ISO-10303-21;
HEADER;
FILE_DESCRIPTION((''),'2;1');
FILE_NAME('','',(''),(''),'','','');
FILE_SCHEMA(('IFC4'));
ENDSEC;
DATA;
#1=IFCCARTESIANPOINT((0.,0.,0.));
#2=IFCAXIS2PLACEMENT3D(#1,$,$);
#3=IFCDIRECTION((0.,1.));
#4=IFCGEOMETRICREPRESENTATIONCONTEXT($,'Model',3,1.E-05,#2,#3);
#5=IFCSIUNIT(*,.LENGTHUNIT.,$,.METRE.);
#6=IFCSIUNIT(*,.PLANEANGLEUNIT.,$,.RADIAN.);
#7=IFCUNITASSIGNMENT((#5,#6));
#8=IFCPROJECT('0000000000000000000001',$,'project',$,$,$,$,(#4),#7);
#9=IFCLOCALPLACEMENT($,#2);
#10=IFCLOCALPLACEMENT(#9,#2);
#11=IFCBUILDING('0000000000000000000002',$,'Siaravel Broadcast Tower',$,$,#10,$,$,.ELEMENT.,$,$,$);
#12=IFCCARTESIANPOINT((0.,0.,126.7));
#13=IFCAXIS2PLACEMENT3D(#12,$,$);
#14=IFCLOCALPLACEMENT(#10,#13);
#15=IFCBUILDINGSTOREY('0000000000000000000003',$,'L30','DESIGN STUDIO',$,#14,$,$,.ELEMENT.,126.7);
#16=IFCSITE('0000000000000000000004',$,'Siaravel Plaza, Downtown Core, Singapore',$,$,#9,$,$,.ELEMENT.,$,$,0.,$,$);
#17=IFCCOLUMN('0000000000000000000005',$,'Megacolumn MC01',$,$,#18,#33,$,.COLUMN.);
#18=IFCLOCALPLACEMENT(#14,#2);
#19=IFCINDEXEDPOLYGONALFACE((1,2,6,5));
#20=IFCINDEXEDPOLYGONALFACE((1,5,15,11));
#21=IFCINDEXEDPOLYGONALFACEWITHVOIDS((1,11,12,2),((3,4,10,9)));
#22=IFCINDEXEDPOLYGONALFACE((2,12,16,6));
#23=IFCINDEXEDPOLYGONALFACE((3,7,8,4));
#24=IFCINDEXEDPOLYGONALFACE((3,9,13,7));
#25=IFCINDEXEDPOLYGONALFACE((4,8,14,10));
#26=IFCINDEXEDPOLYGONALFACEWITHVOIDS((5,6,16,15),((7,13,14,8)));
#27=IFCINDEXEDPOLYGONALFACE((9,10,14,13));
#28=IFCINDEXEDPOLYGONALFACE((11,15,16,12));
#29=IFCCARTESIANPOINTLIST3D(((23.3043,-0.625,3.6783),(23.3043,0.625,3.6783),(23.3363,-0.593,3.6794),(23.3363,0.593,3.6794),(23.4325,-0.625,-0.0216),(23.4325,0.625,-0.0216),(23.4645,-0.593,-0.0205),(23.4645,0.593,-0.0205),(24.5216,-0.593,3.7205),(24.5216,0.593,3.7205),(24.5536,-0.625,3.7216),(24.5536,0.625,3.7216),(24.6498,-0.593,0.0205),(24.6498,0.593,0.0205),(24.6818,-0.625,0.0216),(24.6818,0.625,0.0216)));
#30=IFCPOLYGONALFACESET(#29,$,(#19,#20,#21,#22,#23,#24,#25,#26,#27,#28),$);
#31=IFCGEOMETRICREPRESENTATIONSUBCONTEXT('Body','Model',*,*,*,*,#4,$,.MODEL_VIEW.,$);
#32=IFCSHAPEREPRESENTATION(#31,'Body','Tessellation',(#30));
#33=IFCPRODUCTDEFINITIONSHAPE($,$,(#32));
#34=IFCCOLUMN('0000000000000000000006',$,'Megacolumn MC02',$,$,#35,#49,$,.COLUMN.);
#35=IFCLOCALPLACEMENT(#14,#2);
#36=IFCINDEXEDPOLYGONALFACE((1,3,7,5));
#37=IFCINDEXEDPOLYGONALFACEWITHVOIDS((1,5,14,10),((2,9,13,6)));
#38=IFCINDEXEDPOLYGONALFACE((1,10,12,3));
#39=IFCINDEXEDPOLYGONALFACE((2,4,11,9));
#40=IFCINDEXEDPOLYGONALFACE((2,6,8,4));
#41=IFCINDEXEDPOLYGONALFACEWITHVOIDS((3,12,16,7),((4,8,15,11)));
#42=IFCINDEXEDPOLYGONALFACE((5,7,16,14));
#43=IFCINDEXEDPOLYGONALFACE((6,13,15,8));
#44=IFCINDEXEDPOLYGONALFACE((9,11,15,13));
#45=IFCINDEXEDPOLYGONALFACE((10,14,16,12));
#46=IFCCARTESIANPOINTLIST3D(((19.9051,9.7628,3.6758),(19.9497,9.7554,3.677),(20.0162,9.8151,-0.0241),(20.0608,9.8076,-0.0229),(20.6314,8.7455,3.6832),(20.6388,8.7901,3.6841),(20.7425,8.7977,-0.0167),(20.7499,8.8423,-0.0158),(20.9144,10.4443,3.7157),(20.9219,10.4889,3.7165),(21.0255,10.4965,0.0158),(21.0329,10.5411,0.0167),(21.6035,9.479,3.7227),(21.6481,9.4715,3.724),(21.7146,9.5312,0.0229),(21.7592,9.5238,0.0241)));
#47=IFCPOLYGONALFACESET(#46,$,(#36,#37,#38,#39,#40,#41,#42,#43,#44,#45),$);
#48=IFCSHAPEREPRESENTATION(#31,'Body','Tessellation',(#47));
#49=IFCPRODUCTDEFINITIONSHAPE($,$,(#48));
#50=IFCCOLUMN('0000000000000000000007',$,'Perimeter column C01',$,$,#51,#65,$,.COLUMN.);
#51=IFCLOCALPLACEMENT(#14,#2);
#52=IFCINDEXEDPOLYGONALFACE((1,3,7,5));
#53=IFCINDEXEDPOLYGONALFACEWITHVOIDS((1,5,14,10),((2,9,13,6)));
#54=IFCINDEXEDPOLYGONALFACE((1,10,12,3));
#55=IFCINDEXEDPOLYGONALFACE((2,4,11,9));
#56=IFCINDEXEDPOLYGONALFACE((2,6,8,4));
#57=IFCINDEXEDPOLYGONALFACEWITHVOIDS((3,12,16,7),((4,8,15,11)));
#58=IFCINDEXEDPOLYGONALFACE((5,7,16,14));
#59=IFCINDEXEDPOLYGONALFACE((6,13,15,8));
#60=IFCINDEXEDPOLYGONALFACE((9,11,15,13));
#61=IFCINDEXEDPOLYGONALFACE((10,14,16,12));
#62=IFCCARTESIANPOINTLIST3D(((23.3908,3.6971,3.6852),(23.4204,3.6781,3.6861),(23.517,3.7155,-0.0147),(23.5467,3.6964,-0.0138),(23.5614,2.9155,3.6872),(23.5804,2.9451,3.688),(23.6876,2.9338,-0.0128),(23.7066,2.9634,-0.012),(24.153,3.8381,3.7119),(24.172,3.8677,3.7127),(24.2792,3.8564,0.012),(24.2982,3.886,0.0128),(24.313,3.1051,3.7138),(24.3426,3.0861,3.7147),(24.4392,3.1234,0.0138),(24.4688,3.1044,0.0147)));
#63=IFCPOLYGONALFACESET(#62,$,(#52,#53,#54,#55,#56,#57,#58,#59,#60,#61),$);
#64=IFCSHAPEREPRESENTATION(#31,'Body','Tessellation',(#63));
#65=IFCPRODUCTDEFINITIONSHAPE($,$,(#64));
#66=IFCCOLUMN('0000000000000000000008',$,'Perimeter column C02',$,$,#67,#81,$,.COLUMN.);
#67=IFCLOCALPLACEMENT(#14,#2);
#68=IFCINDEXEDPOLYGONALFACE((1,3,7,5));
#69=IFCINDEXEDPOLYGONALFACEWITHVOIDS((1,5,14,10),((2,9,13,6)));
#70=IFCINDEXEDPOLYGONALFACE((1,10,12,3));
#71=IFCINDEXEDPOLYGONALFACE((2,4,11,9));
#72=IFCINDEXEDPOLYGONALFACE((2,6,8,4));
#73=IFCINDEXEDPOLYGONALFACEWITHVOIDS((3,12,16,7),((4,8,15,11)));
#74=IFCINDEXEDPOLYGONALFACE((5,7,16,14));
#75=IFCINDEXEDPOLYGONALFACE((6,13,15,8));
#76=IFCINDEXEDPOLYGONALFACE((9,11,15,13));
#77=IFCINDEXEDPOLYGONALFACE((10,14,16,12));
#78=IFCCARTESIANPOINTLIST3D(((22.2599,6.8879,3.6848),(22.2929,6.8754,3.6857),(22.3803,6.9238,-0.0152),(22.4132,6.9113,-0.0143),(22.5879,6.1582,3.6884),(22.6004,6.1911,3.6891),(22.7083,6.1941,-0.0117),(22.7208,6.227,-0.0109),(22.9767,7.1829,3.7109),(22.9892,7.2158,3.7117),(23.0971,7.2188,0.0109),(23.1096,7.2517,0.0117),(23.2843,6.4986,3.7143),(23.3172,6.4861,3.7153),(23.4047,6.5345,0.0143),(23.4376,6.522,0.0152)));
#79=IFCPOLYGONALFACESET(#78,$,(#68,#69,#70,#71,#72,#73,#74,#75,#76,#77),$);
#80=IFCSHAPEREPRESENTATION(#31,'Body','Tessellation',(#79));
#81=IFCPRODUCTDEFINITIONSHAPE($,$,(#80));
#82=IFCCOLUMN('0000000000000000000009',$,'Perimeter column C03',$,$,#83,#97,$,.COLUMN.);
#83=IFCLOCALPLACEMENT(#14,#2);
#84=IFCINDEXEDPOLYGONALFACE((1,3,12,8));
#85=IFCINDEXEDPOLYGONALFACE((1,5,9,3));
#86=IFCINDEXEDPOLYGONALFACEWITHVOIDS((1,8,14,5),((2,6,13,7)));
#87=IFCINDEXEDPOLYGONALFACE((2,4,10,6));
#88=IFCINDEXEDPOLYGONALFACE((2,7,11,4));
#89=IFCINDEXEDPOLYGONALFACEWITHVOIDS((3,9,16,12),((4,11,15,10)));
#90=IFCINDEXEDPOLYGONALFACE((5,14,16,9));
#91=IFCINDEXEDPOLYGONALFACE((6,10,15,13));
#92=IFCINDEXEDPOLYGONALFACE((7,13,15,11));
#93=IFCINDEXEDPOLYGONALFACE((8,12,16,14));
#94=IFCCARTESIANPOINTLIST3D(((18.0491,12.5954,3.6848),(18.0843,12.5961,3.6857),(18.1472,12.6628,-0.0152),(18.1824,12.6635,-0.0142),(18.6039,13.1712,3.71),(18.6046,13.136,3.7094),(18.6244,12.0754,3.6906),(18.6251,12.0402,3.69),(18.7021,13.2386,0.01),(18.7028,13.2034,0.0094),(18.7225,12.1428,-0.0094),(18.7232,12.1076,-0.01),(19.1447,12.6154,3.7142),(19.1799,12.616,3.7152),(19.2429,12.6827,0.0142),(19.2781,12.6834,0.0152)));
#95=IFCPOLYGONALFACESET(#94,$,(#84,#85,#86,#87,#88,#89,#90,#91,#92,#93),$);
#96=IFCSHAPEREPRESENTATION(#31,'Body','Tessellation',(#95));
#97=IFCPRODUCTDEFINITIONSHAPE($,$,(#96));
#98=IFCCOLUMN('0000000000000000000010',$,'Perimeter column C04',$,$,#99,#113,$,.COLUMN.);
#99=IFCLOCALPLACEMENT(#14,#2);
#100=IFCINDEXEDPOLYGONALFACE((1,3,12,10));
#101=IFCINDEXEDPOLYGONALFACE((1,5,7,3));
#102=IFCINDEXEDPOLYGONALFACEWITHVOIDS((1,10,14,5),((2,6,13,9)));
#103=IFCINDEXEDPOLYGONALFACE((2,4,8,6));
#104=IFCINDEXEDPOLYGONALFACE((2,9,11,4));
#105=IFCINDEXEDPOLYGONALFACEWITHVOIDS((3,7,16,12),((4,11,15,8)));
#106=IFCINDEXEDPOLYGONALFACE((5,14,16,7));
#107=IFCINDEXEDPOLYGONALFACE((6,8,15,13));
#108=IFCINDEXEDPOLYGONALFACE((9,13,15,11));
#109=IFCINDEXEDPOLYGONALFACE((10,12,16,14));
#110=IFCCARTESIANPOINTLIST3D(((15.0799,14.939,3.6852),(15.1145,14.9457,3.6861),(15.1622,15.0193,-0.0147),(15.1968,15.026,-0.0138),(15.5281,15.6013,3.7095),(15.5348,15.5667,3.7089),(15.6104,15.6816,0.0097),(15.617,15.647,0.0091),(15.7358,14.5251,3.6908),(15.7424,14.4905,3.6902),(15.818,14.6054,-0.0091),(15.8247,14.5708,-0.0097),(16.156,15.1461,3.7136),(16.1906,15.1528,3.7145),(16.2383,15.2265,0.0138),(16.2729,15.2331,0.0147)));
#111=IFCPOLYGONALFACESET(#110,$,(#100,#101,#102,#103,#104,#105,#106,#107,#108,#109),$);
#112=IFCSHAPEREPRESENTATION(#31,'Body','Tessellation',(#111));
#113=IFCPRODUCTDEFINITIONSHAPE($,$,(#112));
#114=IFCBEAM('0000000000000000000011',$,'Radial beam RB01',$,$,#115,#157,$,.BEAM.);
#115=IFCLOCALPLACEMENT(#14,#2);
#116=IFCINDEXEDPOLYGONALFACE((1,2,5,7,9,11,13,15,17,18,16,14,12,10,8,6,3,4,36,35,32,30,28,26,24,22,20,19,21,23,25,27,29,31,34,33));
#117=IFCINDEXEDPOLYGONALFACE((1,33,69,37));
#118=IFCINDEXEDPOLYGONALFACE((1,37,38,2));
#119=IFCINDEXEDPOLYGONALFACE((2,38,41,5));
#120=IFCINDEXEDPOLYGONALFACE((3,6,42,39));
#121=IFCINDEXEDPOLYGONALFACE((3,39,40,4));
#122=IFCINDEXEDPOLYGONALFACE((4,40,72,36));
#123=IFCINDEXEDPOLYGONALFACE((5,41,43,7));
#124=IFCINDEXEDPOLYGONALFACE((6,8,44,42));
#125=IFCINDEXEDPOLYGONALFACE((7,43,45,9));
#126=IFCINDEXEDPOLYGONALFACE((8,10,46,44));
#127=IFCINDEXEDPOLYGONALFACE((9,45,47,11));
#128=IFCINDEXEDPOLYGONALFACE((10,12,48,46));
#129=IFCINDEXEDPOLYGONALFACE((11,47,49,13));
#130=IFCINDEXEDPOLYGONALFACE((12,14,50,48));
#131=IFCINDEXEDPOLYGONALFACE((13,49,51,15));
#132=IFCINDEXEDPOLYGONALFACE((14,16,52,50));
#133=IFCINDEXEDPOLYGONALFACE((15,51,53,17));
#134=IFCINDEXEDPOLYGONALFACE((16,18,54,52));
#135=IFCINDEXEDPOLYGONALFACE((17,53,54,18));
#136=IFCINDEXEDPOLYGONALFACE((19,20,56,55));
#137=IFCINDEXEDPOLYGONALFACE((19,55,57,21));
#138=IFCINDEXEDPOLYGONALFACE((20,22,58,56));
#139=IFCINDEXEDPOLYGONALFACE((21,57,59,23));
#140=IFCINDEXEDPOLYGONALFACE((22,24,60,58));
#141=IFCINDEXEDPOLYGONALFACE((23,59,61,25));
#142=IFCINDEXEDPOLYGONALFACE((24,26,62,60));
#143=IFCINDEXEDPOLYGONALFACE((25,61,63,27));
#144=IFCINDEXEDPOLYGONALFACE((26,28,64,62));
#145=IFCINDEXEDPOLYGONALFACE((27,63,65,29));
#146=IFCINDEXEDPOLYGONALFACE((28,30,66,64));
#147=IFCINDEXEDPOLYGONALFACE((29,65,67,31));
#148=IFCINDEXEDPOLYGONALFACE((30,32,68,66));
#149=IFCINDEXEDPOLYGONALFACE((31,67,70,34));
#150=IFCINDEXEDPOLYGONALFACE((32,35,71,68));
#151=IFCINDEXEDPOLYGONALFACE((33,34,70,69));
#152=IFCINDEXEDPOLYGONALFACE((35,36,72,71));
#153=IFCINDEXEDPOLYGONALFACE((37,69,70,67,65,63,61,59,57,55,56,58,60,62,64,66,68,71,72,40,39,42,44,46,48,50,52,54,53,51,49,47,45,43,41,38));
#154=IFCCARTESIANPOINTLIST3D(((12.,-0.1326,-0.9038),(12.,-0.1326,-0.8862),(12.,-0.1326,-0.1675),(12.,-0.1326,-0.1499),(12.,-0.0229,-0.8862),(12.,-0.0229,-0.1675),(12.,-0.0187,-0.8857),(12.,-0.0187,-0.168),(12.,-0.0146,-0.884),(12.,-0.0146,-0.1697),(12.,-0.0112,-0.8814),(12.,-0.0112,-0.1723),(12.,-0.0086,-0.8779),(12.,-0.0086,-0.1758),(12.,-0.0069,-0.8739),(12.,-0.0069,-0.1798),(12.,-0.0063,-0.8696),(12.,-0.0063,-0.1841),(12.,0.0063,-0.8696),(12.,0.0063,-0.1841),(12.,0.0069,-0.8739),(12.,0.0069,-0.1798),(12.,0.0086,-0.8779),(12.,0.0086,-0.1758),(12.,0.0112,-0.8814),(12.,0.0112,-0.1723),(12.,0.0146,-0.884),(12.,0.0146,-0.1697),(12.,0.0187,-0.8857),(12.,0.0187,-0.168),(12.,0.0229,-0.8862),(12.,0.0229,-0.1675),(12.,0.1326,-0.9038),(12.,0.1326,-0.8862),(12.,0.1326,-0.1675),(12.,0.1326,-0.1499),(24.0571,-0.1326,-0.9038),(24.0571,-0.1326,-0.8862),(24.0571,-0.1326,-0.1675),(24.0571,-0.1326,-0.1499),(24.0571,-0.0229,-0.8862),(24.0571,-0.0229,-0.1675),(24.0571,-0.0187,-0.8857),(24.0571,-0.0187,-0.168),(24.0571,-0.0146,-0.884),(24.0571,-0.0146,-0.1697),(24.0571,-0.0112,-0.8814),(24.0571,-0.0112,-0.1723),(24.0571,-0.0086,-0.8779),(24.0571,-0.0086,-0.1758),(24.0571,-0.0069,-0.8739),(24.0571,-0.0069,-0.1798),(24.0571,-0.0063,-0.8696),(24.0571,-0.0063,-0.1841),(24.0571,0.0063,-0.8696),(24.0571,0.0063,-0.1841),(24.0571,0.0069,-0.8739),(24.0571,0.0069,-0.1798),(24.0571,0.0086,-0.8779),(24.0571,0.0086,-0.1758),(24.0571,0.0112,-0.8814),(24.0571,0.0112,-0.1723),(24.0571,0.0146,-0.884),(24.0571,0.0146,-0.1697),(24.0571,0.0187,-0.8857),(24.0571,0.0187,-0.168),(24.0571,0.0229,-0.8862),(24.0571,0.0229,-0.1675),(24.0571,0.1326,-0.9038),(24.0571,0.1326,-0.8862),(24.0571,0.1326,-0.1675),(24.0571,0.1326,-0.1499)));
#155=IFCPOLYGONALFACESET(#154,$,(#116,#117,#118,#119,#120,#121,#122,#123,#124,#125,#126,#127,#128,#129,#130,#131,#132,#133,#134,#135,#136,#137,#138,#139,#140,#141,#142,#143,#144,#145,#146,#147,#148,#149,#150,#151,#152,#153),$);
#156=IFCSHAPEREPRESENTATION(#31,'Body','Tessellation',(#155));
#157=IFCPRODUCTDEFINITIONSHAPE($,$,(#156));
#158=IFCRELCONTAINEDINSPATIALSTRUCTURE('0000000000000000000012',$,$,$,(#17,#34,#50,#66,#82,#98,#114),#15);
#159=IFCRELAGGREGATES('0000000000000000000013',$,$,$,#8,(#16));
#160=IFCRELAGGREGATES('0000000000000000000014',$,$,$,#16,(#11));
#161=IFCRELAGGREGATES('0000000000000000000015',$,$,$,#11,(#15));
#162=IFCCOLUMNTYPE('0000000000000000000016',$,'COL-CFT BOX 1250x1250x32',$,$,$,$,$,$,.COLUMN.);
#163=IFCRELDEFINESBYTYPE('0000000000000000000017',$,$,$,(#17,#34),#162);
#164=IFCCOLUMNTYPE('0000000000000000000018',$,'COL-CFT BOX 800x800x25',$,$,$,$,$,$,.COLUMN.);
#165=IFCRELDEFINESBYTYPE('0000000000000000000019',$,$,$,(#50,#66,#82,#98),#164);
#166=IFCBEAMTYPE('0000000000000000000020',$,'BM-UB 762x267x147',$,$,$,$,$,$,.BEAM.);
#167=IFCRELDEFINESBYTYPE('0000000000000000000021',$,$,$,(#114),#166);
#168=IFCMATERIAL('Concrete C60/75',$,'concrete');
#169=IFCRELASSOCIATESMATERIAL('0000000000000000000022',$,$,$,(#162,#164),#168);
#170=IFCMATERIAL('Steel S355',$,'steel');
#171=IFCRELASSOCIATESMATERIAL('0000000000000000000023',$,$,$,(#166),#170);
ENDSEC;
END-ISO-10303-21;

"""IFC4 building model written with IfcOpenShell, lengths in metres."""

from ifc_helpers import new_model, si_unit, direction, frame, origin, origin_2d, place, context, subcontext, project, spatial, hollow_rectangle, i_section, extrude, material, material_profile, profile_set, type_object, element, save


model = new_model("IFC4")

# Units and contexts
model_context = context("Model", 3, precision=1e-05, world=origin(), true_north=direction((0.0, 1.0)))
body_context = subcontext(model_context, "Body", "Model", "MODEL_VIEW")
ifc_project = project(units=[si_unit("LENGTHUNIT", "METRE"), si_unit("PLANEANGLEUNIT", "RADIAN")], contexts=[model_context])

# Site, building, storey
site_placement = place(None, origin())
site = spatial("IfcSite", under=ifc_project, at=site_placement, Name="Siaravel Plaza, Downtown Core, Singapore", CompositionType="ELEMENT", RefElevation=0.0)
building_placement = place(site_placement, origin())
building = spatial("IfcBuilding", under=site, at=building_placement, Name="Siaravel Broadcast Tower", CompositionType="ELEMENT")
storey_placement = place(building_placement, frame((0.0, 0.0, 126.7)))
storey = spatial("IfcBuildingStorey", under=building, at=storey_placement, Name="L30", Description="DESIGN STUDIO", CompositionType="ELEMENT", Elevation=126.7)

# Columns
ifc_material_1 = material(Name="Concrete C60/75", Category="concrete")
ifc_material_profile_1 = material_profile(ifc_material_1, hollow_rectangle(XDim=1.25, YDim=1.25, WallThickness=0.032, at=origin_2d()))
ifc_profile_set_1 = profile_set([ifc_material_profile_1], Name="Concrete C60/75")
column_type_1 = type_object("IfcColumnType", Name="COL-CFT BOX 1250x1250x32", PredefinedType="COLUMN", material=ifc_profile_set_1)
column_1_placement = place(storey_placement, frame((24.0571, 0.0, 0.0), z_axis=(-0.034621, 0.0, 0.999401), x_axis=(0.0, -1.0, 0.0)))
element("IfcColumn", 1, at=column_1_placement, inside=storey, type_object=column_type_1, Name="Megacolumn MC01", PredefinedType="COLUMN", context=body_context, shape_type="SweptSolid", body=[
    extrude(hollow_rectangle(XDim=1.25, YDim=1.25, WallThickness=0.032, at=origin_2d()), origin(), (0.0, 0.0, 1.0), 3.7021),
])
column_2_placement = place(storey_placement, frame((20.8877, 9.6694, 0.0), z_axis=(-0.030007, -0.014113, 0.99945), x_axis=(0.580983, -0.813894, 0.00595)))
element("IfcColumn", 2, at=column_2_placement, inside=storey, type_object=column_type_1, Name="Megacolumn MC02", PredefinedType="COLUMN", context=body_context, shape_type="SweptSolid", body=[
    extrude(hollow_rectangle(XDim=1.25, YDim=1.25, WallThickness=0.032, at=origin_2d()), origin(), (0.0, 0.0, 1.0), 3.7019),
])
ifc_material_profile_2 = material_profile(ifc_material_1, hollow_rectangle(XDim=0.8, YDim=0.8, WallThickness=0.0249, at=origin_2d()))
ifc_profile_set_2 = profile_set([ifc_material_profile_2], Name="Concrete C60/75")
column_type_2 = type_object("IfcColumnType", Name="COL-CFT BOX 800x800x25", PredefinedType="COLUMN", material=ifc_profile_set_2)
for number, where, z_axis, x_axis, name in (
    (3, (23.9929, 3.4099, 0.0), (-0.034094, -0.004946, 0.999406), (0.213231, -0.976999, 0.002439), "Perimeter column C01"),
    (4, (22.9089, 6.7229, 0.0), (-0.032512, -0.009694, 0.999424), (0.409949, -0.912097, 0.004489), "Perimeter column C02"),
):
    element("IfcColumn", number, at=place(storey_placement, frame(where, z_axis=z_axis, x_axis=x_axis)), inside=storey, type_object=column_type_2, Name=name, PredefinedType="COLUMN", context=body_context, shape_type="SweptSolid", body=[
        extrude(hollow_rectangle(XDim=0.8, YDim=0.8, WallThickness=0.0249, at=origin_2d()), origin(), (0.0, 0.0, 1.0), 3.7021),
    ])
column_3_placement = place(storey_placement, frame((18.7126, 12.6731, 0.0), z_axis=(-0.026512, -0.018202, 0.999483), x_axis=(0.719923, -0.694024, 0.006457)))
element("IfcColumn", 5, at=column_3_placement, inside=storey, type_object=column_type_2, Name="Perimeter column C03", PredefinedType="COLUMN", context=body_context, shape_type="SweptSolid", body=[
    extrude(hollow_rectangle(XDim=0.8, YDim=0.8, WallThickness=0.0249, at=origin_2d()), origin(), (0.0, 0.0, 1.0), 3.7019),
])
column_4_placement = place(storey_placement, frame((15.7175, 15.1262, 0.0), z_axis=(-0.022226, -0.021699, 0.999517), x_axis=(0.828077, -0.56058, 0.006244)))
element("IfcColumn", 6, at=column_4_placement, inside=storey, type_object=column_type_2, Name="Perimeter column C04", PredefinedType="COLUMN", context=body_context, shape_type="SweptSolid", body=[
    extrude(hollow_rectangle(XDim=0.8, YDim=0.8, WallThickness=0.0249, at=origin_2d()), origin(), (0.0, 0.0, 1.0), 3.7017),
])

# Beam
ifc_material_2 = material(Name="Steel S355", Category="steel")
ifc_material_profile_3 = material_profile(ifc_material_2, i_section(OverallWidth=0.2651, OverallDepth=0.7539, WebThickness=0.0127, FlangeThickness=0.0176, FilletRadius=0.0166, at=origin_2d()))
ifc_profile_set_3 = profile_set([ifc_material_profile_3], Name="Steel S355")
beam_type = type_object("IfcBeamType", Name="BM-UB 762x267x147", PredefinedType="BEAM", material=ifc_profile_set_3)
beam_1_placement = place(storey_placement, frame((24.0571, 0.0, -0.5269), z_axis=(-1.0, 0.0, 0.0), x_axis=(0.0, -1.0, 0.0)))
element("IfcBeam", 7, at=beam_1_placement, inside=storey, type_object=beam_type, Name="Radial beam RB01", PredefinedType="BEAM", context=body_context, shape_type="SweptSolid", body=[
    extrude(i_section(OverallWidth=0.2651, OverallDepth=0.7539, WebThickness=0.0127, FlangeThickness=0.0176, FilletRadius=0.0166, at=origin_2d()), origin(), (0.0, 0.0, 1.0), 12.0571),
])

save(model, "model.ifc")
